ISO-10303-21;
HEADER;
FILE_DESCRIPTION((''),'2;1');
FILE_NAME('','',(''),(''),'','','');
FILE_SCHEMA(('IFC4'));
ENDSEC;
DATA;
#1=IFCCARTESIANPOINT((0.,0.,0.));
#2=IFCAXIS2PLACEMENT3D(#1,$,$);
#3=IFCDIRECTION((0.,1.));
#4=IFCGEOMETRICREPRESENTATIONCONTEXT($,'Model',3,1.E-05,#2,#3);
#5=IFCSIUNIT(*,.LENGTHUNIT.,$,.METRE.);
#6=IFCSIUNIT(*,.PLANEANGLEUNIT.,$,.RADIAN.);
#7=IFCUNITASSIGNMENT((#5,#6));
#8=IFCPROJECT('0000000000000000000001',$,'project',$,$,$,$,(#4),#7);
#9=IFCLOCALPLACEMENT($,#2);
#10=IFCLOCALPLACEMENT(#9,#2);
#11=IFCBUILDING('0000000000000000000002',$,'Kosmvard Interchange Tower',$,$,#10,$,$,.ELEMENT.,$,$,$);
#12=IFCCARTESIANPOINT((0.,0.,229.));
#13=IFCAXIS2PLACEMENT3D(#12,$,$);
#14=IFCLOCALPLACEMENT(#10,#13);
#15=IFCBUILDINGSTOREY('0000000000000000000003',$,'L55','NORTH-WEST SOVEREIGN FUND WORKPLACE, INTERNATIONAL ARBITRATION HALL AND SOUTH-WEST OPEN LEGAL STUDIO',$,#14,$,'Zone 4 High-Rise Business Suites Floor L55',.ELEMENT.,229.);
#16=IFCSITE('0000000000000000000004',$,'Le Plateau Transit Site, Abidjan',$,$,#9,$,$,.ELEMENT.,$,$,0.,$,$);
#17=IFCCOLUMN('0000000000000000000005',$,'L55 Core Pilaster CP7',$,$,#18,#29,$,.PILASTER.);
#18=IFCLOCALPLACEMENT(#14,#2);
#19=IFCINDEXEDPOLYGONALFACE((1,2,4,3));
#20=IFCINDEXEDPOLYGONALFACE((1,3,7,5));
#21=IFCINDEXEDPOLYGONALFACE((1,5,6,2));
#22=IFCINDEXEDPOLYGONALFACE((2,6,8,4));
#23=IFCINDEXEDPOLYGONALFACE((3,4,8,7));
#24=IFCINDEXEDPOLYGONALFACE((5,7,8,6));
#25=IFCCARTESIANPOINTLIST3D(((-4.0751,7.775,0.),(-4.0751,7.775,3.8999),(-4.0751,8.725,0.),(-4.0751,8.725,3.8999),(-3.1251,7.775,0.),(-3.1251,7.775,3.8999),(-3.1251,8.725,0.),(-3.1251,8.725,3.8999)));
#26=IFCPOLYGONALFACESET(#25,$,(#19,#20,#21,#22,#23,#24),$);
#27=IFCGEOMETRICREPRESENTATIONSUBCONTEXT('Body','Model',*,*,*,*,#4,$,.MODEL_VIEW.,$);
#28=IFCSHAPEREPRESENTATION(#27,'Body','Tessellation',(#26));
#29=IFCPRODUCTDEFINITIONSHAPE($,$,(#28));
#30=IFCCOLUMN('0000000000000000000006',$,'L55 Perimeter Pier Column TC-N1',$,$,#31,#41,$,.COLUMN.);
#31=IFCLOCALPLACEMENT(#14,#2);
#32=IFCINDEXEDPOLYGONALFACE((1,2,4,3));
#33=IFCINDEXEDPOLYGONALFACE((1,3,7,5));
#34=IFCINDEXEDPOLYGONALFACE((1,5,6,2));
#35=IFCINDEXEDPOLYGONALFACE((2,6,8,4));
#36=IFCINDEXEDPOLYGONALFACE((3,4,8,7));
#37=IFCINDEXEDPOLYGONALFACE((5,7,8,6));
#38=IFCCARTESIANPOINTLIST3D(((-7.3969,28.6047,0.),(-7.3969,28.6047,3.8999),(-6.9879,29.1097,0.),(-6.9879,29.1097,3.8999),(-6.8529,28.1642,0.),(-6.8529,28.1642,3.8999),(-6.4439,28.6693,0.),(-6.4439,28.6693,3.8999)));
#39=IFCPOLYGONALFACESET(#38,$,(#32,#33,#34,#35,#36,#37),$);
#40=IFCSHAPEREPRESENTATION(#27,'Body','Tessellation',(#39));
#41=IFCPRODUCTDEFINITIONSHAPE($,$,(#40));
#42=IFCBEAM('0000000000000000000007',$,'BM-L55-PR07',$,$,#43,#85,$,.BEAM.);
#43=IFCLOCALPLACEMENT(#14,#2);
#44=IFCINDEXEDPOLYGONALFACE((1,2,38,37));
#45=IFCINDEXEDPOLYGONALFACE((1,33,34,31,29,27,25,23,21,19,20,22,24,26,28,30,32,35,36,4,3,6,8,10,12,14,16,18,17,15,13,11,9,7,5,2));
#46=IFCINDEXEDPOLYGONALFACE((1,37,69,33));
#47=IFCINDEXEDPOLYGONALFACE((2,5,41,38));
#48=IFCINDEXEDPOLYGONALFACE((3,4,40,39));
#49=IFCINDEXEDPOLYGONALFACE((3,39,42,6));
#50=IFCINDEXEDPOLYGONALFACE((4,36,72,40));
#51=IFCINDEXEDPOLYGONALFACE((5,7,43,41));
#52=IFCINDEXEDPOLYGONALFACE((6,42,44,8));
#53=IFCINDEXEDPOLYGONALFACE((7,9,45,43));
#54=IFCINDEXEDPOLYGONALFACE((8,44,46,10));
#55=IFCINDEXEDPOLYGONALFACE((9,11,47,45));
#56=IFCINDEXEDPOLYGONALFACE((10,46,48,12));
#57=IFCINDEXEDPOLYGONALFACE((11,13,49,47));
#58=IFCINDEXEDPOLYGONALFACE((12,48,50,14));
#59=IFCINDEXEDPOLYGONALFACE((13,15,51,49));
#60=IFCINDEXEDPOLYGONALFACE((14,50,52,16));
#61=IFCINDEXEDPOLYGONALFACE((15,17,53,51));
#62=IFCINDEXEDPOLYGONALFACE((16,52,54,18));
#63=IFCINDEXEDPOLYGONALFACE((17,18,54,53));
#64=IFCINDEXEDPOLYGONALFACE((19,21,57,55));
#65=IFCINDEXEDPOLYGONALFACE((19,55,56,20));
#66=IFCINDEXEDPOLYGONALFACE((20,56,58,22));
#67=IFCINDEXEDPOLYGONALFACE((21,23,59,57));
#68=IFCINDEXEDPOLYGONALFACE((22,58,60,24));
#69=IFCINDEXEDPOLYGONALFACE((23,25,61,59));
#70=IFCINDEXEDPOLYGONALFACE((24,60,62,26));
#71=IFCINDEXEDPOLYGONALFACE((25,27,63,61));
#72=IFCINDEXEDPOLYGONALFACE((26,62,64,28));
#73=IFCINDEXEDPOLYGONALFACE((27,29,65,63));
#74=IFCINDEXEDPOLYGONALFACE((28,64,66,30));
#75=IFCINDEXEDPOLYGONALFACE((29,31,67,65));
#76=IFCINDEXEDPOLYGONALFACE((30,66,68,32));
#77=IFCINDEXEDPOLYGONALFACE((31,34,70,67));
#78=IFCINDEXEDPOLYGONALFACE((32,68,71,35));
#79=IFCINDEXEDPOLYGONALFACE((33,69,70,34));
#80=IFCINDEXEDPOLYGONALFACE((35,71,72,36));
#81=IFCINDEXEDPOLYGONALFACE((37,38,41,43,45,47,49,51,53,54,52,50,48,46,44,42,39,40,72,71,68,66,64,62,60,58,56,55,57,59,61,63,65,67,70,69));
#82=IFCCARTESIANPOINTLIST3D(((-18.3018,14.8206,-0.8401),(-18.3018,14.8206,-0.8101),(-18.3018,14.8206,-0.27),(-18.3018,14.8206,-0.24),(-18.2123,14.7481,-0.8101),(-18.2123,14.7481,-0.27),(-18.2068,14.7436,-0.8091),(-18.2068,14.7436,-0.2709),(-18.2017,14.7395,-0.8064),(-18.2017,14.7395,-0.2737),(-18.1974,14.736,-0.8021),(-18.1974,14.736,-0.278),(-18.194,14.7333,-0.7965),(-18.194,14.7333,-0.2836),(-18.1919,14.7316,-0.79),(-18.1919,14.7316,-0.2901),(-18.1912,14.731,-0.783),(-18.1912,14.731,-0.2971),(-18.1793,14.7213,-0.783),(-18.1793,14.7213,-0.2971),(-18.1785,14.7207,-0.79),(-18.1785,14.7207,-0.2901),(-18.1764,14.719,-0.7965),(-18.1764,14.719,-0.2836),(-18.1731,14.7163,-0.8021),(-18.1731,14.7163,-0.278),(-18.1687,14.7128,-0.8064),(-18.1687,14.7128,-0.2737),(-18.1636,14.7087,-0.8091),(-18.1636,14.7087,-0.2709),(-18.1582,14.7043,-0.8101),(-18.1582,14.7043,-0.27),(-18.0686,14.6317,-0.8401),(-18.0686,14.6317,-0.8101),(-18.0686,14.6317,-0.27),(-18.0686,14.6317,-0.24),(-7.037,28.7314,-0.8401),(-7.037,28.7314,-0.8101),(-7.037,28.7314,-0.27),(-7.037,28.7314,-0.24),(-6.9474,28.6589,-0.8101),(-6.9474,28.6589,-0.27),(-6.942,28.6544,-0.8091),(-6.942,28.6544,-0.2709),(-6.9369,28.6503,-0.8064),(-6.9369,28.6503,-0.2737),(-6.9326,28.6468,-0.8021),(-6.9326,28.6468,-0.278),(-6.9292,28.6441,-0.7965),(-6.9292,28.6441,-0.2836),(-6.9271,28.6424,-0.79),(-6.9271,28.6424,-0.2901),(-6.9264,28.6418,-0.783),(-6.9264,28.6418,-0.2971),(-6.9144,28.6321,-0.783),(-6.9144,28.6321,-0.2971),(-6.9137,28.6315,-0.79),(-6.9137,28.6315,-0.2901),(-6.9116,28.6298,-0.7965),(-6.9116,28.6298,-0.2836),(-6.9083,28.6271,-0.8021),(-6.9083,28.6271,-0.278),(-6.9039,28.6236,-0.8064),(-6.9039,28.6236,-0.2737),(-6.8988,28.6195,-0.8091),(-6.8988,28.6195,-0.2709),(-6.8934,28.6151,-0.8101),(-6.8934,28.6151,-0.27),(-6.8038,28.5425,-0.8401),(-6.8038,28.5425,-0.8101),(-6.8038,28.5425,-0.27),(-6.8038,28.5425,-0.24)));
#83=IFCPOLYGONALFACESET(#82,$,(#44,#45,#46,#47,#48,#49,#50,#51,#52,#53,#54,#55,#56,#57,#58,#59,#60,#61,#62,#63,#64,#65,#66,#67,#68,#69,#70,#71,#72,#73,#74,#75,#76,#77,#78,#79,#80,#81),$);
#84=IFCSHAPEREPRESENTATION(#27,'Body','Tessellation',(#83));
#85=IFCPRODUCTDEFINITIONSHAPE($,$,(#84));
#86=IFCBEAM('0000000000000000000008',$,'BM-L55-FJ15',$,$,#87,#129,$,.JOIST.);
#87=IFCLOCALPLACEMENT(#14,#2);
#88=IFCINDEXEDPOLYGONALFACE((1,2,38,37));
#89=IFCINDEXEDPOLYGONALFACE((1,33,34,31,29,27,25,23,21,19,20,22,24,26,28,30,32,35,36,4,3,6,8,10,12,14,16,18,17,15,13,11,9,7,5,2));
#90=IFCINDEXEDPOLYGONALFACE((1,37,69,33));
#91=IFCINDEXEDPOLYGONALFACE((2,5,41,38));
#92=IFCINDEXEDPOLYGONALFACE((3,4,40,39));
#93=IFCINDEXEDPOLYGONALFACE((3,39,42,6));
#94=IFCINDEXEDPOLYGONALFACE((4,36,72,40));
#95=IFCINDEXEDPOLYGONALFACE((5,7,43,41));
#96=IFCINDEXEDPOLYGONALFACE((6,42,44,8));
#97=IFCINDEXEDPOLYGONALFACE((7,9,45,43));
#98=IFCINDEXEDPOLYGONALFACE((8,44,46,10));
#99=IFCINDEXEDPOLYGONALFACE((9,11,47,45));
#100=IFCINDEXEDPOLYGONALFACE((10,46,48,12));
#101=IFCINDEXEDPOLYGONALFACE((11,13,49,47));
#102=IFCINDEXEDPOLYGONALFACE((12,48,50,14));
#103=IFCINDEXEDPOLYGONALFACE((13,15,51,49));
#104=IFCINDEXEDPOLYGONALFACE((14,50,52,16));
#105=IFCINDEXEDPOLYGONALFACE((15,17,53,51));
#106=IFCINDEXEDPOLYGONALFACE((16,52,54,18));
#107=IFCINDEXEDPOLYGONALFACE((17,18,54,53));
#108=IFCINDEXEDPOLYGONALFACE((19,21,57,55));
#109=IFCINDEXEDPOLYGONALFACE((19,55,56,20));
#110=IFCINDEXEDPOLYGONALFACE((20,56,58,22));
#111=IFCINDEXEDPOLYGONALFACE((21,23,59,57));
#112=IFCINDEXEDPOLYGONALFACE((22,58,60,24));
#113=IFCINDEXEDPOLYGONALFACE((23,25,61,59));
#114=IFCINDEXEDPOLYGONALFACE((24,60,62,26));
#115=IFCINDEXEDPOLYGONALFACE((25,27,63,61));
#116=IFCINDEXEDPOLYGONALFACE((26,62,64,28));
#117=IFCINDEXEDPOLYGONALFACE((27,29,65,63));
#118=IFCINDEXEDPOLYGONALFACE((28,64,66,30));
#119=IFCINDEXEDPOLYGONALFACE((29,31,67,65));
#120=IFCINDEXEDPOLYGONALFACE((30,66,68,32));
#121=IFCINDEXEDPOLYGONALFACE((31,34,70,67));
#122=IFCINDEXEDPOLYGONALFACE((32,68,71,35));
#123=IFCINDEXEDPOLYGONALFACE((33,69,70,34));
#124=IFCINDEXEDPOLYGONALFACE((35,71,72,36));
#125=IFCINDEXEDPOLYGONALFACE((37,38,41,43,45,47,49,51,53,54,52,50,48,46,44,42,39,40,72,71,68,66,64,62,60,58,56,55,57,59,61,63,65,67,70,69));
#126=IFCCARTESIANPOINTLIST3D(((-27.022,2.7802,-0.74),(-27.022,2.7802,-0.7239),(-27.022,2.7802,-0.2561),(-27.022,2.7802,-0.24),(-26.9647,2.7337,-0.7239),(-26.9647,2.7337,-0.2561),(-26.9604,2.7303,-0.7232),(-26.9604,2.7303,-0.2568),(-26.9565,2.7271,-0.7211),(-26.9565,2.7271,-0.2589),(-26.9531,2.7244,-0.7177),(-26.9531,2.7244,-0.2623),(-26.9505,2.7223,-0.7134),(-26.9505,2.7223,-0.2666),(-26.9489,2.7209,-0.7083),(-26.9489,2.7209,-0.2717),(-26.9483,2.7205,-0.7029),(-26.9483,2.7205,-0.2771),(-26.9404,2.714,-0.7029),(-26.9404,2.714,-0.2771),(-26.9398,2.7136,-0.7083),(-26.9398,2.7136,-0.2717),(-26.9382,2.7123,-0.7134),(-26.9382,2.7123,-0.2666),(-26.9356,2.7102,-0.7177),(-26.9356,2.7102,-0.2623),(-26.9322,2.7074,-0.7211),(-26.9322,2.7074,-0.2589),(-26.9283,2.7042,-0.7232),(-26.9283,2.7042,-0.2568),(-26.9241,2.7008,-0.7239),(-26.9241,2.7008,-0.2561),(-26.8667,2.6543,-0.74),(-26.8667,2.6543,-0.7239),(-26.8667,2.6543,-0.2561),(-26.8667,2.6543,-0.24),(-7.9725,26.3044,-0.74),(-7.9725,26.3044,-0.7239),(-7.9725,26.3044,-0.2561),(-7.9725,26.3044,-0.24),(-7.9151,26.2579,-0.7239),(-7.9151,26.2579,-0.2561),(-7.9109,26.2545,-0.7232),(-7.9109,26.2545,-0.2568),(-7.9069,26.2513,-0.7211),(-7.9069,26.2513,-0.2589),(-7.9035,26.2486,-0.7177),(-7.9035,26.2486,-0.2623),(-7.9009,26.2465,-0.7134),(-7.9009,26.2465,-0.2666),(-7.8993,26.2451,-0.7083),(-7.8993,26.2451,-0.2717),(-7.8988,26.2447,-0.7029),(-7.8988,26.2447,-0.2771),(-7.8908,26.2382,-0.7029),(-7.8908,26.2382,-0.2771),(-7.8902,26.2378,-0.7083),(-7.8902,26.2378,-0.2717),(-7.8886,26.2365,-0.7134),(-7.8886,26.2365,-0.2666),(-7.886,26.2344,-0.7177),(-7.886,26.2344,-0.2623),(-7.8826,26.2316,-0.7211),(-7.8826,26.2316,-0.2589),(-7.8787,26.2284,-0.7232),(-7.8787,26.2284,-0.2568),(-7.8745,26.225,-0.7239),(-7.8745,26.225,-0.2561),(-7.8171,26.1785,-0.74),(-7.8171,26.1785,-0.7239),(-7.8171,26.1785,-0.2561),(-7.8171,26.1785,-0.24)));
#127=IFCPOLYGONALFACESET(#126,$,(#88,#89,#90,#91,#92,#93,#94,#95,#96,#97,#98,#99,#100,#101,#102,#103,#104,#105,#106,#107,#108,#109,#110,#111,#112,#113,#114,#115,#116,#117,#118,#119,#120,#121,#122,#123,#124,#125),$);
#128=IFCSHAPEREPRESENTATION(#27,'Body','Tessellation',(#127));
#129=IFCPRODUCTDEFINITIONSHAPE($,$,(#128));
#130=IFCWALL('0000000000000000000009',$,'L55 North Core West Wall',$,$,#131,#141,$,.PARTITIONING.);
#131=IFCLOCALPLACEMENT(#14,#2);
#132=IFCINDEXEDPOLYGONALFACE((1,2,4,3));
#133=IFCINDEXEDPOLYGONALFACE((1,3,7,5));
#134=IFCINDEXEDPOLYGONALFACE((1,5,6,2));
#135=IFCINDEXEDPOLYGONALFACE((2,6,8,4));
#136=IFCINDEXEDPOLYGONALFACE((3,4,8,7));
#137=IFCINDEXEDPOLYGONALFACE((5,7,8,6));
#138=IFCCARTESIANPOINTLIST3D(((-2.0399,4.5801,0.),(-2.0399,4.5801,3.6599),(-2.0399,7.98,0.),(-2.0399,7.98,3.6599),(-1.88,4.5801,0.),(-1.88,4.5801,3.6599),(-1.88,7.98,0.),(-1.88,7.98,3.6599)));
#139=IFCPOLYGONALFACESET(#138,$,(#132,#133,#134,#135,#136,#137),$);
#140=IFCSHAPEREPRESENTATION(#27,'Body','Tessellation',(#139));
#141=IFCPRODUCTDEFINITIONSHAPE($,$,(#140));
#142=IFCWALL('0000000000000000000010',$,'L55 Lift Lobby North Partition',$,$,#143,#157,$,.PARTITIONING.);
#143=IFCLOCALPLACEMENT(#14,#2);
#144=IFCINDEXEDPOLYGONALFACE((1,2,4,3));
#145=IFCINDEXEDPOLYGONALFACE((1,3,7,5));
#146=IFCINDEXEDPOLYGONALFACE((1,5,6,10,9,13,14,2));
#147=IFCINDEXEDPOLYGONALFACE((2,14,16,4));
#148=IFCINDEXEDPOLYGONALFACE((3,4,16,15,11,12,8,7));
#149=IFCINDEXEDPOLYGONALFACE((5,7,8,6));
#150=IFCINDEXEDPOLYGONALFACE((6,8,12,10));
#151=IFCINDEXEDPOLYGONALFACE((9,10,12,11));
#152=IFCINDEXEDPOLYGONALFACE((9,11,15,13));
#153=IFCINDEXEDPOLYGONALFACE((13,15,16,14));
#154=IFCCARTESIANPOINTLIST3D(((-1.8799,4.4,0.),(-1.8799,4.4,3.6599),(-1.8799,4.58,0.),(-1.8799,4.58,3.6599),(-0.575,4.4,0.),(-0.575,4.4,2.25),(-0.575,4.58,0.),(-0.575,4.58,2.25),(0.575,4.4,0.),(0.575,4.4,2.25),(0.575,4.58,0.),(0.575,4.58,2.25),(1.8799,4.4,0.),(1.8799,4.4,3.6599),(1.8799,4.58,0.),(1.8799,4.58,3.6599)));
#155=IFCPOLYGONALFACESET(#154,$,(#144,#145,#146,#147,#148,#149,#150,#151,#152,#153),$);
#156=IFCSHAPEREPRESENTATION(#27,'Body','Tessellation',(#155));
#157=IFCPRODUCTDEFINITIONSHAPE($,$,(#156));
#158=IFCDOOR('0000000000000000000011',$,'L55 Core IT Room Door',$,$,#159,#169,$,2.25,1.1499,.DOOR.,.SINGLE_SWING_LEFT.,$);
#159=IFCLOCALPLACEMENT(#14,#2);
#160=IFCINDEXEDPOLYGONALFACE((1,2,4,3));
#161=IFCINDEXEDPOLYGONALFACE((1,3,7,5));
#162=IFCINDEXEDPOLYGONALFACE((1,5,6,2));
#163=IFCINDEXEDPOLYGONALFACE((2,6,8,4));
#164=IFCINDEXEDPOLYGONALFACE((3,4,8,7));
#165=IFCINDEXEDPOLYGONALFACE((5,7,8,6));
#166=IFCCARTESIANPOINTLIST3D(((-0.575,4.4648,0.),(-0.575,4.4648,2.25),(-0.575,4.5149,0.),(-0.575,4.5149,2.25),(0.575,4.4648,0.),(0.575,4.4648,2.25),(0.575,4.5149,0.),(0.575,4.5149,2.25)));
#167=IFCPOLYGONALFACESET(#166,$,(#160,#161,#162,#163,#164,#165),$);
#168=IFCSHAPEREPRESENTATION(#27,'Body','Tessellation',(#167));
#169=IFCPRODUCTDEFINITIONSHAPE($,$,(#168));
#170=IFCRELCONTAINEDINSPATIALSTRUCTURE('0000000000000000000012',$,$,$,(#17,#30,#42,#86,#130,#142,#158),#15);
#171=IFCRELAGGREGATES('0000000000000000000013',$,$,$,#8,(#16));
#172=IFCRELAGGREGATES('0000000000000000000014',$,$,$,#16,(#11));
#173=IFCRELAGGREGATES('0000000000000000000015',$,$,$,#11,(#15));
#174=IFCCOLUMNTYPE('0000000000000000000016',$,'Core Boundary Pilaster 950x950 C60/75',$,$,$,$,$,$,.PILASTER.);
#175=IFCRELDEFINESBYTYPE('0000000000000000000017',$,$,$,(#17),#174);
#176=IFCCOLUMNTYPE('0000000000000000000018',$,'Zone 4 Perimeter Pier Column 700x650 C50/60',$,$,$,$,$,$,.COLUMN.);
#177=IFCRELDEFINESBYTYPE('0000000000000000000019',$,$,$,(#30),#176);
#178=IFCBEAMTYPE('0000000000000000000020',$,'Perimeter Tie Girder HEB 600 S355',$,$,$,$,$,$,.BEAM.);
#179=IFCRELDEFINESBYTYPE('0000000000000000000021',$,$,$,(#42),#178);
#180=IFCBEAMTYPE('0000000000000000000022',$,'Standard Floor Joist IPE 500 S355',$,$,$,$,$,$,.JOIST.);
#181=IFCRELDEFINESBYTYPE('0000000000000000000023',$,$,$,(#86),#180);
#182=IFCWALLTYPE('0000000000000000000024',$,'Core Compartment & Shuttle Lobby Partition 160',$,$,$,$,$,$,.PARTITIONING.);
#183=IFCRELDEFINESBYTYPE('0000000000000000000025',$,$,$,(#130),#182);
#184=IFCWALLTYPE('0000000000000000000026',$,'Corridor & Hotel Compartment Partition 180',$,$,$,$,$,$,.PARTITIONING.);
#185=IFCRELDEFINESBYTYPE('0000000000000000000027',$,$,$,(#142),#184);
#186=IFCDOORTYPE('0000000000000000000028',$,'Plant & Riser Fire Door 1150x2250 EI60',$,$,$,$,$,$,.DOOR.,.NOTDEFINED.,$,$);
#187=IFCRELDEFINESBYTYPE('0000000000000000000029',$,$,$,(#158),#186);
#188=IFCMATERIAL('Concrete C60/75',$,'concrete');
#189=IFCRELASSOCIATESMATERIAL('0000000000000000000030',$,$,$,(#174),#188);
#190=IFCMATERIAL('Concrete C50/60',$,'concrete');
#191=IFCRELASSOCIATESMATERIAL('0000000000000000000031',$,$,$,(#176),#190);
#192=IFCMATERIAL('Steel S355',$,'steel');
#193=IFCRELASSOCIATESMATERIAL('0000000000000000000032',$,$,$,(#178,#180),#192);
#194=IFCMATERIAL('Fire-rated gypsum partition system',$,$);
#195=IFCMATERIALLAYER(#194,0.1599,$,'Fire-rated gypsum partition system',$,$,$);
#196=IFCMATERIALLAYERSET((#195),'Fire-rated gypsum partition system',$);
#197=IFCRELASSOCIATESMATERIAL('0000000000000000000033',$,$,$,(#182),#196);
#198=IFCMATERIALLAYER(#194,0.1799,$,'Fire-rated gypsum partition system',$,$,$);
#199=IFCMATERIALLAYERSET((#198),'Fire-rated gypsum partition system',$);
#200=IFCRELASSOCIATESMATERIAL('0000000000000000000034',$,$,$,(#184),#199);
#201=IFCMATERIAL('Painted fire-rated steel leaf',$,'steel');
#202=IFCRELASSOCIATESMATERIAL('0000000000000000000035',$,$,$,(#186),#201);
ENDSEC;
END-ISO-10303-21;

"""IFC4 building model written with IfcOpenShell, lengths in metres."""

from ifc_helpers import new_model, si_unit, direction, frame, frame_2d, origin, origin_2d, place, context, subcontext, project, spatial, rectangle, i_section, extrude, source, transform, mapped, material, layer, layer_set, material_profile, profile_set, type_object, element, fill, save


model = new_model("IFC4")

# Units and contexts
model_context = context("Model", 3, precision=1e-05, world=origin(), true_north=direction((0.0, 1.0)))
body_context = subcontext(model_context, "Body", "Model", "MODEL_VIEW")
ifc_project = project(units=[si_unit("LENGTHUNIT", "METRE"), si_unit("PLANEANGLEUNIT", "RADIAN")], contexts=[model_context])

# Site, building, storey
site_placement = place(None, origin())
site = spatial("IfcSite", under=ifc_project, at=site_placement, Name="Le Plateau Transit Site, Abidjan", CompositionType="ELEMENT", RefElevation=0.0)
building_placement = place(site_placement, origin())
building = spatial("IfcBuilding", under=site, at=building_placement, Name="Kosmvard Interchange Tower", CompositionType="ELEMENT")
storey_placement = place(building_placement, frame((0.0, 0.0, 229.0)))
storey = spatial("IfcBuildingStorey", under=building, at=storey_placement, Name="L55", Description="NORTH-WEST SOVEREIGN FUND WORKPLACE, INTERNATIONAL ARBITRATION HALL AND SOUTH-WEST OPEN LEGAL STUDIO", LongName="Zone 4 High-Rise Business Suites Floor L55", CompositionType="ELEMENT", Elevation=229.0)

# Columns
ifc_material_1 = material(Name="Concrete C60/75", Category="concrete")
ifc_material_profile_1 = material_profile(ifc_material_1, rectangle(XDim=0.95, YDim=0.95, at=origin_2d()), Name="CP 950x950")
ifc_profile_set_1 = profile_set([ifc_material_profile_1], Name="Concrete C60/75")
column_type_1 = type_object("IfcColumnType", Name="Core Boundary Pilaster 950x950 C60/75", PredefinedType="PILASTER", material=ifc_profile_set_1)
shared_shape_1 = source(origin(), body_context, "Body", "SweptSolid", [
    extrude(rectangle(XDim=0.95, YDim=0.95, at=origin_2d()), origin(), (0.0, 0.0, 1.0), 3.8999),
])
column_1_placement = place(storey_placement, frame((-3.6001, 8.25, 0.0), z_axis=(0.0, 0.0, 1.0), x_axis=(1.0, 0.0, 0.0)))
element("IfcColumn", 1, at=column_1_placement, inside=storey, type_object=column_type_1, Name="L55 Core Pilaster CP7", PredefinedType="PILASTER", context=body_context, shape_type="MappedRepresentation", body=[
    mapped(shared_shape_1, transform((0.0, 0.0, 0.0), scale=1.0)),
])
ifc_material_2 = material(Name="Concrete C50/60", Category="concrete")
ifc_material_profile_2 = material_profile(ifc_material_2, rectangle(XDim=0.6499, YDim=0.7, at=origin_2d()), Name="TC 700x650")
ifc_profile_set_2 = profile_set([ifc_material_profile_2], Name="Concrete C50/60")
column_type_2 = type_object("IfcColumnType", Name="Zone 4 Perimeter Pier Column 700x650 C50/60", PredefinedType="COLUMN", material=ifc_profile_set_2)
shared_shape_2 = source(origin(), body_context, "Body", "SweptSolid", [
    extrude(rectangle(XDim=0.6499, YDim=0.7, at=origin_2d()), origin(), (0.0, 0.0, 1.0), 3.8999),
])
column_2_placement = place(storey_placement, frame((-6.9204, 28.637, 0.0), z_axis=(0.0, 0.0, 1.0), x_axis=(0.62932, 0.777146, 0.0)))
element("IfcColumn", 2, at=column_2_placement, inside=storey, type_object=column_type_2, Name="L55 Perimeter Pier Column TC-N1", PredefinedType="COLUMN", context=body_context, shape_type="MappedRepresentation", body=[
    mapped(shared_shape_2, transform((0.0, 0.0, 0.0), scale=1.0)),
])

# Beams
ifc_material_3 = material(Name="Steel S355", Category="steel")
ifc_material_profile_3 = material_profile(ifc_material_3, i_section(OverallWidth=0.3, OverallDepth=0.6001, WebThickness=0.0154, FlangeThickness=0.03, FilletRadius=0.0271, at=origin_2d()), Name="HEB 600")
ifc_profile_set_3 = profile_set([ifc_material_profile_3], Name="Steel S355")
beam_type_1 = type_object("IfcBeamType", Name="Perimeter Tie Girder HEB 600 S355", PredefinedType="BEAM", material=ifc_profile_set_3)
shared_shape_3 = source(origin(), body_context, "Body", "SweptSolid", [
    extrude(i_section(OverallWidth=0.3, OverallDepth=0.6001, WebThickness=0.0154, FlangeThickness=0.03, FilletRadius=0.0271, at=origin_2d()), origin(), (0.0, 0.0, 1.0), 17.8999),
])
beam_1_placement = place(storey_placement, frame((-6.9204, 28.637, -0.54), z_axis=(-0.629323, -0.777144, 0.0), x_axis=(0.777144, -0.629323, 0.0)))
element("IfcBeam", 3, at=beam_1_placement, inside=storey, type_object=beam_type_1, Name="BM-L55-PR07", PredefinedType="BEAM", context=body_context, shape_type="MappedRepresentation", body=[
    mapped(shared_shape_3, transform((0.0, 0.0, 0.0), scale=1.0)),
])
ifc_material_profile_4 = material_profile(ifc_material_3, i_section(OverallWidth=0.2, OverallDepth=0.5, WebThickness=0.0103, FlangeThickness=0.0161, FilletRadius=0.021, at=origin_2d()), Name="IPE 500")
ifc_profile_set_4 = profile_set([ifc_material_profile_4], Name="Steel S355")
beam_type_2 = type_object("IfcBeamType", Name="Standard Floor Joist IPE 500 S355", PredefinedType="JOIST", material=ifc_profile_set_4)
shared_shape_4 = source(origin(), body_context, "Body", "SweptSolid", [
    extrude(i_section(OverallWidth=0.2, OverallDepth=0.5, WebThickness=0.0103, FlangeThickness=0.0161, FilletRadius=0.021, at=origin_2d()), origin(), (0.0, 0.0, 1.0), 30.27),
])
beam_2_placement = place(storey_placement, frame((-7.8948, 26.2415, -0.49), z_axis=(-0.629322, -0.777145, 0.0), x_axis=(0.777145, -0.629322, 0.0)))
element("IfcBeam", 4, at=beam_2_placement, inside=storey, type_object=beam_type_2, Name="BM-L55-FJ15", PredefinedType="JOIST", context=body_context, shape_type="MappedRepresentation", body=[
    mapped(shared_shape_4, transform((0.0, 0.0, 0.0), scale=1.0)),
])

# Wall
ifc_material_4 = material(Name="Fire-rated gypsum partition system")
ifc_layer_1 = layer(ifc_material_4, 0.1599, Name="Fire-rated gypsum partition system")
ifc_layer_set_1 = layer_set([ifc_layer_1], Name="Fire-rated gypsum partition system")
wall_type_1 = type_object("IfcWallType", Name="Core Compartment & Shuttle Lobby Partition 160", PredefinedType="PARTITIONING", material=ifc_layer_set_1)
wall_1_placement = place(storey_placement, frame((-1.96, 4.5801, 0.0), z_axis=(0.0, 0.0, 1.0), x_axis=(0.0, 1.0, 0.0)))
element("IfcWall", 5, at=wall_1_placement, inside=storey, type_object=wall_type_1, Name="L55 North Core West Wall", PredefinedType="PARTITIONING", context=body_context, shape_type="SweptSolid", body=[
    extrude(rectangle(XDim=3.3999, YDim=0.1599, at=frame_2d((1.7, 0.0))), origin(), (0.0, 0.0, 1.0), 3.6599),
])

# Wall, opening, door
ifc_layer_2 = layer(ifc_material_4, 0.1799, Name="Fire-rated gypsum partition system")
ifc_layer_set_2 = layer_set([ifc_layer_2], Name="Fire-rated gypsum partition system")
wall_type_2 = type_object("IfcWallType", Name="Corridor & Hotel Compartment Partition 180", PredefinedType="PARTITIONING", material=ifc_layer_set_2)
wall_2_placement = place(storey_placement, frame((-1.8799, 4.49, 0.0), z_axis=(0.0, 0.0, 1.0), x_axis=(1.0, 0.0, 0.0)))
wall_2 = element("IfcWall", 6, at=wall_2_placement, inside=storey, type_object=wall_type_2, Name="L55 Lift Lobby North Partition", PredefinedType="PARTITIONING", context=body_context, shape_type="SweptSolid", body=[
    extrude(rectangle(XDim=3.7598, YDim=0.1799, at=frame_2d((1.8799, 0.0))), origin(), (0.0, 0.0, 1.0), 3.6599),
])
opening_1_placement = place(wall_2_placement, frame((1.3049, 0.0, 0.0)))
opening_1 = element("IfcOpeningElement", 7, at=opening_1_placement, cuts=wall_2, PredefinedType="OPENING", context=body_context, shape_type="SweptSolid", body=[
    extrude(rectangle(XDim=1.1499, YDim=2.25, at=frame_2d((0.575, 1.125))), frame((0.0, 0.1001, 0.0), z_axis=(0.0, -1.0, 0.0), x_axis=(1.0, 0.0, 0.0)), (0.0, 0.0, 1.0), 0.2),
])
ifc_material_5 = material(Name="Painted fire-rated steel leaf", Category="steel")
door_type = type_object("IfcDoorType", Name="Plant & Riser Fire Door 1150x2250 EI60", OperationType="NOTDEFINED", PredefinedType="DOOR", material=ifc_material_5)
shared_shape_5 = source(origin(), body_context, "Body", "SweptSolid", [
    extrude(rectangle(XDim=1.1499, YDim=2.25, at=frame_2d((0.575, 1.125))), frame((0.0, 0.0249, 0.0), z_axis=(0.0, -1.0, 0.0), x_axis=(1.0, 0.0, 0.0)), (0.0, 0.0, 1.0), 0.05),
])
door_placement = place(opening_1_placement, origin())
door = element("IfcDoor", 8, at=door_placement, inside=storey, type_object=door_type, Name="L55 Core IT Room Door", OperationType="SINGLE_SWING_LEFT", OverallHeight=2.25, OverallWidth=1.1499, PredefinedType="DOOR", context=body_context, shape_type="MappedRepresentation", body=[
    mapped(shared_shape_5, transform((0.0, 0.0, 0.0), scale=1.0)),
])
fill(opening_1, door)

save(model, "model.ifc")
